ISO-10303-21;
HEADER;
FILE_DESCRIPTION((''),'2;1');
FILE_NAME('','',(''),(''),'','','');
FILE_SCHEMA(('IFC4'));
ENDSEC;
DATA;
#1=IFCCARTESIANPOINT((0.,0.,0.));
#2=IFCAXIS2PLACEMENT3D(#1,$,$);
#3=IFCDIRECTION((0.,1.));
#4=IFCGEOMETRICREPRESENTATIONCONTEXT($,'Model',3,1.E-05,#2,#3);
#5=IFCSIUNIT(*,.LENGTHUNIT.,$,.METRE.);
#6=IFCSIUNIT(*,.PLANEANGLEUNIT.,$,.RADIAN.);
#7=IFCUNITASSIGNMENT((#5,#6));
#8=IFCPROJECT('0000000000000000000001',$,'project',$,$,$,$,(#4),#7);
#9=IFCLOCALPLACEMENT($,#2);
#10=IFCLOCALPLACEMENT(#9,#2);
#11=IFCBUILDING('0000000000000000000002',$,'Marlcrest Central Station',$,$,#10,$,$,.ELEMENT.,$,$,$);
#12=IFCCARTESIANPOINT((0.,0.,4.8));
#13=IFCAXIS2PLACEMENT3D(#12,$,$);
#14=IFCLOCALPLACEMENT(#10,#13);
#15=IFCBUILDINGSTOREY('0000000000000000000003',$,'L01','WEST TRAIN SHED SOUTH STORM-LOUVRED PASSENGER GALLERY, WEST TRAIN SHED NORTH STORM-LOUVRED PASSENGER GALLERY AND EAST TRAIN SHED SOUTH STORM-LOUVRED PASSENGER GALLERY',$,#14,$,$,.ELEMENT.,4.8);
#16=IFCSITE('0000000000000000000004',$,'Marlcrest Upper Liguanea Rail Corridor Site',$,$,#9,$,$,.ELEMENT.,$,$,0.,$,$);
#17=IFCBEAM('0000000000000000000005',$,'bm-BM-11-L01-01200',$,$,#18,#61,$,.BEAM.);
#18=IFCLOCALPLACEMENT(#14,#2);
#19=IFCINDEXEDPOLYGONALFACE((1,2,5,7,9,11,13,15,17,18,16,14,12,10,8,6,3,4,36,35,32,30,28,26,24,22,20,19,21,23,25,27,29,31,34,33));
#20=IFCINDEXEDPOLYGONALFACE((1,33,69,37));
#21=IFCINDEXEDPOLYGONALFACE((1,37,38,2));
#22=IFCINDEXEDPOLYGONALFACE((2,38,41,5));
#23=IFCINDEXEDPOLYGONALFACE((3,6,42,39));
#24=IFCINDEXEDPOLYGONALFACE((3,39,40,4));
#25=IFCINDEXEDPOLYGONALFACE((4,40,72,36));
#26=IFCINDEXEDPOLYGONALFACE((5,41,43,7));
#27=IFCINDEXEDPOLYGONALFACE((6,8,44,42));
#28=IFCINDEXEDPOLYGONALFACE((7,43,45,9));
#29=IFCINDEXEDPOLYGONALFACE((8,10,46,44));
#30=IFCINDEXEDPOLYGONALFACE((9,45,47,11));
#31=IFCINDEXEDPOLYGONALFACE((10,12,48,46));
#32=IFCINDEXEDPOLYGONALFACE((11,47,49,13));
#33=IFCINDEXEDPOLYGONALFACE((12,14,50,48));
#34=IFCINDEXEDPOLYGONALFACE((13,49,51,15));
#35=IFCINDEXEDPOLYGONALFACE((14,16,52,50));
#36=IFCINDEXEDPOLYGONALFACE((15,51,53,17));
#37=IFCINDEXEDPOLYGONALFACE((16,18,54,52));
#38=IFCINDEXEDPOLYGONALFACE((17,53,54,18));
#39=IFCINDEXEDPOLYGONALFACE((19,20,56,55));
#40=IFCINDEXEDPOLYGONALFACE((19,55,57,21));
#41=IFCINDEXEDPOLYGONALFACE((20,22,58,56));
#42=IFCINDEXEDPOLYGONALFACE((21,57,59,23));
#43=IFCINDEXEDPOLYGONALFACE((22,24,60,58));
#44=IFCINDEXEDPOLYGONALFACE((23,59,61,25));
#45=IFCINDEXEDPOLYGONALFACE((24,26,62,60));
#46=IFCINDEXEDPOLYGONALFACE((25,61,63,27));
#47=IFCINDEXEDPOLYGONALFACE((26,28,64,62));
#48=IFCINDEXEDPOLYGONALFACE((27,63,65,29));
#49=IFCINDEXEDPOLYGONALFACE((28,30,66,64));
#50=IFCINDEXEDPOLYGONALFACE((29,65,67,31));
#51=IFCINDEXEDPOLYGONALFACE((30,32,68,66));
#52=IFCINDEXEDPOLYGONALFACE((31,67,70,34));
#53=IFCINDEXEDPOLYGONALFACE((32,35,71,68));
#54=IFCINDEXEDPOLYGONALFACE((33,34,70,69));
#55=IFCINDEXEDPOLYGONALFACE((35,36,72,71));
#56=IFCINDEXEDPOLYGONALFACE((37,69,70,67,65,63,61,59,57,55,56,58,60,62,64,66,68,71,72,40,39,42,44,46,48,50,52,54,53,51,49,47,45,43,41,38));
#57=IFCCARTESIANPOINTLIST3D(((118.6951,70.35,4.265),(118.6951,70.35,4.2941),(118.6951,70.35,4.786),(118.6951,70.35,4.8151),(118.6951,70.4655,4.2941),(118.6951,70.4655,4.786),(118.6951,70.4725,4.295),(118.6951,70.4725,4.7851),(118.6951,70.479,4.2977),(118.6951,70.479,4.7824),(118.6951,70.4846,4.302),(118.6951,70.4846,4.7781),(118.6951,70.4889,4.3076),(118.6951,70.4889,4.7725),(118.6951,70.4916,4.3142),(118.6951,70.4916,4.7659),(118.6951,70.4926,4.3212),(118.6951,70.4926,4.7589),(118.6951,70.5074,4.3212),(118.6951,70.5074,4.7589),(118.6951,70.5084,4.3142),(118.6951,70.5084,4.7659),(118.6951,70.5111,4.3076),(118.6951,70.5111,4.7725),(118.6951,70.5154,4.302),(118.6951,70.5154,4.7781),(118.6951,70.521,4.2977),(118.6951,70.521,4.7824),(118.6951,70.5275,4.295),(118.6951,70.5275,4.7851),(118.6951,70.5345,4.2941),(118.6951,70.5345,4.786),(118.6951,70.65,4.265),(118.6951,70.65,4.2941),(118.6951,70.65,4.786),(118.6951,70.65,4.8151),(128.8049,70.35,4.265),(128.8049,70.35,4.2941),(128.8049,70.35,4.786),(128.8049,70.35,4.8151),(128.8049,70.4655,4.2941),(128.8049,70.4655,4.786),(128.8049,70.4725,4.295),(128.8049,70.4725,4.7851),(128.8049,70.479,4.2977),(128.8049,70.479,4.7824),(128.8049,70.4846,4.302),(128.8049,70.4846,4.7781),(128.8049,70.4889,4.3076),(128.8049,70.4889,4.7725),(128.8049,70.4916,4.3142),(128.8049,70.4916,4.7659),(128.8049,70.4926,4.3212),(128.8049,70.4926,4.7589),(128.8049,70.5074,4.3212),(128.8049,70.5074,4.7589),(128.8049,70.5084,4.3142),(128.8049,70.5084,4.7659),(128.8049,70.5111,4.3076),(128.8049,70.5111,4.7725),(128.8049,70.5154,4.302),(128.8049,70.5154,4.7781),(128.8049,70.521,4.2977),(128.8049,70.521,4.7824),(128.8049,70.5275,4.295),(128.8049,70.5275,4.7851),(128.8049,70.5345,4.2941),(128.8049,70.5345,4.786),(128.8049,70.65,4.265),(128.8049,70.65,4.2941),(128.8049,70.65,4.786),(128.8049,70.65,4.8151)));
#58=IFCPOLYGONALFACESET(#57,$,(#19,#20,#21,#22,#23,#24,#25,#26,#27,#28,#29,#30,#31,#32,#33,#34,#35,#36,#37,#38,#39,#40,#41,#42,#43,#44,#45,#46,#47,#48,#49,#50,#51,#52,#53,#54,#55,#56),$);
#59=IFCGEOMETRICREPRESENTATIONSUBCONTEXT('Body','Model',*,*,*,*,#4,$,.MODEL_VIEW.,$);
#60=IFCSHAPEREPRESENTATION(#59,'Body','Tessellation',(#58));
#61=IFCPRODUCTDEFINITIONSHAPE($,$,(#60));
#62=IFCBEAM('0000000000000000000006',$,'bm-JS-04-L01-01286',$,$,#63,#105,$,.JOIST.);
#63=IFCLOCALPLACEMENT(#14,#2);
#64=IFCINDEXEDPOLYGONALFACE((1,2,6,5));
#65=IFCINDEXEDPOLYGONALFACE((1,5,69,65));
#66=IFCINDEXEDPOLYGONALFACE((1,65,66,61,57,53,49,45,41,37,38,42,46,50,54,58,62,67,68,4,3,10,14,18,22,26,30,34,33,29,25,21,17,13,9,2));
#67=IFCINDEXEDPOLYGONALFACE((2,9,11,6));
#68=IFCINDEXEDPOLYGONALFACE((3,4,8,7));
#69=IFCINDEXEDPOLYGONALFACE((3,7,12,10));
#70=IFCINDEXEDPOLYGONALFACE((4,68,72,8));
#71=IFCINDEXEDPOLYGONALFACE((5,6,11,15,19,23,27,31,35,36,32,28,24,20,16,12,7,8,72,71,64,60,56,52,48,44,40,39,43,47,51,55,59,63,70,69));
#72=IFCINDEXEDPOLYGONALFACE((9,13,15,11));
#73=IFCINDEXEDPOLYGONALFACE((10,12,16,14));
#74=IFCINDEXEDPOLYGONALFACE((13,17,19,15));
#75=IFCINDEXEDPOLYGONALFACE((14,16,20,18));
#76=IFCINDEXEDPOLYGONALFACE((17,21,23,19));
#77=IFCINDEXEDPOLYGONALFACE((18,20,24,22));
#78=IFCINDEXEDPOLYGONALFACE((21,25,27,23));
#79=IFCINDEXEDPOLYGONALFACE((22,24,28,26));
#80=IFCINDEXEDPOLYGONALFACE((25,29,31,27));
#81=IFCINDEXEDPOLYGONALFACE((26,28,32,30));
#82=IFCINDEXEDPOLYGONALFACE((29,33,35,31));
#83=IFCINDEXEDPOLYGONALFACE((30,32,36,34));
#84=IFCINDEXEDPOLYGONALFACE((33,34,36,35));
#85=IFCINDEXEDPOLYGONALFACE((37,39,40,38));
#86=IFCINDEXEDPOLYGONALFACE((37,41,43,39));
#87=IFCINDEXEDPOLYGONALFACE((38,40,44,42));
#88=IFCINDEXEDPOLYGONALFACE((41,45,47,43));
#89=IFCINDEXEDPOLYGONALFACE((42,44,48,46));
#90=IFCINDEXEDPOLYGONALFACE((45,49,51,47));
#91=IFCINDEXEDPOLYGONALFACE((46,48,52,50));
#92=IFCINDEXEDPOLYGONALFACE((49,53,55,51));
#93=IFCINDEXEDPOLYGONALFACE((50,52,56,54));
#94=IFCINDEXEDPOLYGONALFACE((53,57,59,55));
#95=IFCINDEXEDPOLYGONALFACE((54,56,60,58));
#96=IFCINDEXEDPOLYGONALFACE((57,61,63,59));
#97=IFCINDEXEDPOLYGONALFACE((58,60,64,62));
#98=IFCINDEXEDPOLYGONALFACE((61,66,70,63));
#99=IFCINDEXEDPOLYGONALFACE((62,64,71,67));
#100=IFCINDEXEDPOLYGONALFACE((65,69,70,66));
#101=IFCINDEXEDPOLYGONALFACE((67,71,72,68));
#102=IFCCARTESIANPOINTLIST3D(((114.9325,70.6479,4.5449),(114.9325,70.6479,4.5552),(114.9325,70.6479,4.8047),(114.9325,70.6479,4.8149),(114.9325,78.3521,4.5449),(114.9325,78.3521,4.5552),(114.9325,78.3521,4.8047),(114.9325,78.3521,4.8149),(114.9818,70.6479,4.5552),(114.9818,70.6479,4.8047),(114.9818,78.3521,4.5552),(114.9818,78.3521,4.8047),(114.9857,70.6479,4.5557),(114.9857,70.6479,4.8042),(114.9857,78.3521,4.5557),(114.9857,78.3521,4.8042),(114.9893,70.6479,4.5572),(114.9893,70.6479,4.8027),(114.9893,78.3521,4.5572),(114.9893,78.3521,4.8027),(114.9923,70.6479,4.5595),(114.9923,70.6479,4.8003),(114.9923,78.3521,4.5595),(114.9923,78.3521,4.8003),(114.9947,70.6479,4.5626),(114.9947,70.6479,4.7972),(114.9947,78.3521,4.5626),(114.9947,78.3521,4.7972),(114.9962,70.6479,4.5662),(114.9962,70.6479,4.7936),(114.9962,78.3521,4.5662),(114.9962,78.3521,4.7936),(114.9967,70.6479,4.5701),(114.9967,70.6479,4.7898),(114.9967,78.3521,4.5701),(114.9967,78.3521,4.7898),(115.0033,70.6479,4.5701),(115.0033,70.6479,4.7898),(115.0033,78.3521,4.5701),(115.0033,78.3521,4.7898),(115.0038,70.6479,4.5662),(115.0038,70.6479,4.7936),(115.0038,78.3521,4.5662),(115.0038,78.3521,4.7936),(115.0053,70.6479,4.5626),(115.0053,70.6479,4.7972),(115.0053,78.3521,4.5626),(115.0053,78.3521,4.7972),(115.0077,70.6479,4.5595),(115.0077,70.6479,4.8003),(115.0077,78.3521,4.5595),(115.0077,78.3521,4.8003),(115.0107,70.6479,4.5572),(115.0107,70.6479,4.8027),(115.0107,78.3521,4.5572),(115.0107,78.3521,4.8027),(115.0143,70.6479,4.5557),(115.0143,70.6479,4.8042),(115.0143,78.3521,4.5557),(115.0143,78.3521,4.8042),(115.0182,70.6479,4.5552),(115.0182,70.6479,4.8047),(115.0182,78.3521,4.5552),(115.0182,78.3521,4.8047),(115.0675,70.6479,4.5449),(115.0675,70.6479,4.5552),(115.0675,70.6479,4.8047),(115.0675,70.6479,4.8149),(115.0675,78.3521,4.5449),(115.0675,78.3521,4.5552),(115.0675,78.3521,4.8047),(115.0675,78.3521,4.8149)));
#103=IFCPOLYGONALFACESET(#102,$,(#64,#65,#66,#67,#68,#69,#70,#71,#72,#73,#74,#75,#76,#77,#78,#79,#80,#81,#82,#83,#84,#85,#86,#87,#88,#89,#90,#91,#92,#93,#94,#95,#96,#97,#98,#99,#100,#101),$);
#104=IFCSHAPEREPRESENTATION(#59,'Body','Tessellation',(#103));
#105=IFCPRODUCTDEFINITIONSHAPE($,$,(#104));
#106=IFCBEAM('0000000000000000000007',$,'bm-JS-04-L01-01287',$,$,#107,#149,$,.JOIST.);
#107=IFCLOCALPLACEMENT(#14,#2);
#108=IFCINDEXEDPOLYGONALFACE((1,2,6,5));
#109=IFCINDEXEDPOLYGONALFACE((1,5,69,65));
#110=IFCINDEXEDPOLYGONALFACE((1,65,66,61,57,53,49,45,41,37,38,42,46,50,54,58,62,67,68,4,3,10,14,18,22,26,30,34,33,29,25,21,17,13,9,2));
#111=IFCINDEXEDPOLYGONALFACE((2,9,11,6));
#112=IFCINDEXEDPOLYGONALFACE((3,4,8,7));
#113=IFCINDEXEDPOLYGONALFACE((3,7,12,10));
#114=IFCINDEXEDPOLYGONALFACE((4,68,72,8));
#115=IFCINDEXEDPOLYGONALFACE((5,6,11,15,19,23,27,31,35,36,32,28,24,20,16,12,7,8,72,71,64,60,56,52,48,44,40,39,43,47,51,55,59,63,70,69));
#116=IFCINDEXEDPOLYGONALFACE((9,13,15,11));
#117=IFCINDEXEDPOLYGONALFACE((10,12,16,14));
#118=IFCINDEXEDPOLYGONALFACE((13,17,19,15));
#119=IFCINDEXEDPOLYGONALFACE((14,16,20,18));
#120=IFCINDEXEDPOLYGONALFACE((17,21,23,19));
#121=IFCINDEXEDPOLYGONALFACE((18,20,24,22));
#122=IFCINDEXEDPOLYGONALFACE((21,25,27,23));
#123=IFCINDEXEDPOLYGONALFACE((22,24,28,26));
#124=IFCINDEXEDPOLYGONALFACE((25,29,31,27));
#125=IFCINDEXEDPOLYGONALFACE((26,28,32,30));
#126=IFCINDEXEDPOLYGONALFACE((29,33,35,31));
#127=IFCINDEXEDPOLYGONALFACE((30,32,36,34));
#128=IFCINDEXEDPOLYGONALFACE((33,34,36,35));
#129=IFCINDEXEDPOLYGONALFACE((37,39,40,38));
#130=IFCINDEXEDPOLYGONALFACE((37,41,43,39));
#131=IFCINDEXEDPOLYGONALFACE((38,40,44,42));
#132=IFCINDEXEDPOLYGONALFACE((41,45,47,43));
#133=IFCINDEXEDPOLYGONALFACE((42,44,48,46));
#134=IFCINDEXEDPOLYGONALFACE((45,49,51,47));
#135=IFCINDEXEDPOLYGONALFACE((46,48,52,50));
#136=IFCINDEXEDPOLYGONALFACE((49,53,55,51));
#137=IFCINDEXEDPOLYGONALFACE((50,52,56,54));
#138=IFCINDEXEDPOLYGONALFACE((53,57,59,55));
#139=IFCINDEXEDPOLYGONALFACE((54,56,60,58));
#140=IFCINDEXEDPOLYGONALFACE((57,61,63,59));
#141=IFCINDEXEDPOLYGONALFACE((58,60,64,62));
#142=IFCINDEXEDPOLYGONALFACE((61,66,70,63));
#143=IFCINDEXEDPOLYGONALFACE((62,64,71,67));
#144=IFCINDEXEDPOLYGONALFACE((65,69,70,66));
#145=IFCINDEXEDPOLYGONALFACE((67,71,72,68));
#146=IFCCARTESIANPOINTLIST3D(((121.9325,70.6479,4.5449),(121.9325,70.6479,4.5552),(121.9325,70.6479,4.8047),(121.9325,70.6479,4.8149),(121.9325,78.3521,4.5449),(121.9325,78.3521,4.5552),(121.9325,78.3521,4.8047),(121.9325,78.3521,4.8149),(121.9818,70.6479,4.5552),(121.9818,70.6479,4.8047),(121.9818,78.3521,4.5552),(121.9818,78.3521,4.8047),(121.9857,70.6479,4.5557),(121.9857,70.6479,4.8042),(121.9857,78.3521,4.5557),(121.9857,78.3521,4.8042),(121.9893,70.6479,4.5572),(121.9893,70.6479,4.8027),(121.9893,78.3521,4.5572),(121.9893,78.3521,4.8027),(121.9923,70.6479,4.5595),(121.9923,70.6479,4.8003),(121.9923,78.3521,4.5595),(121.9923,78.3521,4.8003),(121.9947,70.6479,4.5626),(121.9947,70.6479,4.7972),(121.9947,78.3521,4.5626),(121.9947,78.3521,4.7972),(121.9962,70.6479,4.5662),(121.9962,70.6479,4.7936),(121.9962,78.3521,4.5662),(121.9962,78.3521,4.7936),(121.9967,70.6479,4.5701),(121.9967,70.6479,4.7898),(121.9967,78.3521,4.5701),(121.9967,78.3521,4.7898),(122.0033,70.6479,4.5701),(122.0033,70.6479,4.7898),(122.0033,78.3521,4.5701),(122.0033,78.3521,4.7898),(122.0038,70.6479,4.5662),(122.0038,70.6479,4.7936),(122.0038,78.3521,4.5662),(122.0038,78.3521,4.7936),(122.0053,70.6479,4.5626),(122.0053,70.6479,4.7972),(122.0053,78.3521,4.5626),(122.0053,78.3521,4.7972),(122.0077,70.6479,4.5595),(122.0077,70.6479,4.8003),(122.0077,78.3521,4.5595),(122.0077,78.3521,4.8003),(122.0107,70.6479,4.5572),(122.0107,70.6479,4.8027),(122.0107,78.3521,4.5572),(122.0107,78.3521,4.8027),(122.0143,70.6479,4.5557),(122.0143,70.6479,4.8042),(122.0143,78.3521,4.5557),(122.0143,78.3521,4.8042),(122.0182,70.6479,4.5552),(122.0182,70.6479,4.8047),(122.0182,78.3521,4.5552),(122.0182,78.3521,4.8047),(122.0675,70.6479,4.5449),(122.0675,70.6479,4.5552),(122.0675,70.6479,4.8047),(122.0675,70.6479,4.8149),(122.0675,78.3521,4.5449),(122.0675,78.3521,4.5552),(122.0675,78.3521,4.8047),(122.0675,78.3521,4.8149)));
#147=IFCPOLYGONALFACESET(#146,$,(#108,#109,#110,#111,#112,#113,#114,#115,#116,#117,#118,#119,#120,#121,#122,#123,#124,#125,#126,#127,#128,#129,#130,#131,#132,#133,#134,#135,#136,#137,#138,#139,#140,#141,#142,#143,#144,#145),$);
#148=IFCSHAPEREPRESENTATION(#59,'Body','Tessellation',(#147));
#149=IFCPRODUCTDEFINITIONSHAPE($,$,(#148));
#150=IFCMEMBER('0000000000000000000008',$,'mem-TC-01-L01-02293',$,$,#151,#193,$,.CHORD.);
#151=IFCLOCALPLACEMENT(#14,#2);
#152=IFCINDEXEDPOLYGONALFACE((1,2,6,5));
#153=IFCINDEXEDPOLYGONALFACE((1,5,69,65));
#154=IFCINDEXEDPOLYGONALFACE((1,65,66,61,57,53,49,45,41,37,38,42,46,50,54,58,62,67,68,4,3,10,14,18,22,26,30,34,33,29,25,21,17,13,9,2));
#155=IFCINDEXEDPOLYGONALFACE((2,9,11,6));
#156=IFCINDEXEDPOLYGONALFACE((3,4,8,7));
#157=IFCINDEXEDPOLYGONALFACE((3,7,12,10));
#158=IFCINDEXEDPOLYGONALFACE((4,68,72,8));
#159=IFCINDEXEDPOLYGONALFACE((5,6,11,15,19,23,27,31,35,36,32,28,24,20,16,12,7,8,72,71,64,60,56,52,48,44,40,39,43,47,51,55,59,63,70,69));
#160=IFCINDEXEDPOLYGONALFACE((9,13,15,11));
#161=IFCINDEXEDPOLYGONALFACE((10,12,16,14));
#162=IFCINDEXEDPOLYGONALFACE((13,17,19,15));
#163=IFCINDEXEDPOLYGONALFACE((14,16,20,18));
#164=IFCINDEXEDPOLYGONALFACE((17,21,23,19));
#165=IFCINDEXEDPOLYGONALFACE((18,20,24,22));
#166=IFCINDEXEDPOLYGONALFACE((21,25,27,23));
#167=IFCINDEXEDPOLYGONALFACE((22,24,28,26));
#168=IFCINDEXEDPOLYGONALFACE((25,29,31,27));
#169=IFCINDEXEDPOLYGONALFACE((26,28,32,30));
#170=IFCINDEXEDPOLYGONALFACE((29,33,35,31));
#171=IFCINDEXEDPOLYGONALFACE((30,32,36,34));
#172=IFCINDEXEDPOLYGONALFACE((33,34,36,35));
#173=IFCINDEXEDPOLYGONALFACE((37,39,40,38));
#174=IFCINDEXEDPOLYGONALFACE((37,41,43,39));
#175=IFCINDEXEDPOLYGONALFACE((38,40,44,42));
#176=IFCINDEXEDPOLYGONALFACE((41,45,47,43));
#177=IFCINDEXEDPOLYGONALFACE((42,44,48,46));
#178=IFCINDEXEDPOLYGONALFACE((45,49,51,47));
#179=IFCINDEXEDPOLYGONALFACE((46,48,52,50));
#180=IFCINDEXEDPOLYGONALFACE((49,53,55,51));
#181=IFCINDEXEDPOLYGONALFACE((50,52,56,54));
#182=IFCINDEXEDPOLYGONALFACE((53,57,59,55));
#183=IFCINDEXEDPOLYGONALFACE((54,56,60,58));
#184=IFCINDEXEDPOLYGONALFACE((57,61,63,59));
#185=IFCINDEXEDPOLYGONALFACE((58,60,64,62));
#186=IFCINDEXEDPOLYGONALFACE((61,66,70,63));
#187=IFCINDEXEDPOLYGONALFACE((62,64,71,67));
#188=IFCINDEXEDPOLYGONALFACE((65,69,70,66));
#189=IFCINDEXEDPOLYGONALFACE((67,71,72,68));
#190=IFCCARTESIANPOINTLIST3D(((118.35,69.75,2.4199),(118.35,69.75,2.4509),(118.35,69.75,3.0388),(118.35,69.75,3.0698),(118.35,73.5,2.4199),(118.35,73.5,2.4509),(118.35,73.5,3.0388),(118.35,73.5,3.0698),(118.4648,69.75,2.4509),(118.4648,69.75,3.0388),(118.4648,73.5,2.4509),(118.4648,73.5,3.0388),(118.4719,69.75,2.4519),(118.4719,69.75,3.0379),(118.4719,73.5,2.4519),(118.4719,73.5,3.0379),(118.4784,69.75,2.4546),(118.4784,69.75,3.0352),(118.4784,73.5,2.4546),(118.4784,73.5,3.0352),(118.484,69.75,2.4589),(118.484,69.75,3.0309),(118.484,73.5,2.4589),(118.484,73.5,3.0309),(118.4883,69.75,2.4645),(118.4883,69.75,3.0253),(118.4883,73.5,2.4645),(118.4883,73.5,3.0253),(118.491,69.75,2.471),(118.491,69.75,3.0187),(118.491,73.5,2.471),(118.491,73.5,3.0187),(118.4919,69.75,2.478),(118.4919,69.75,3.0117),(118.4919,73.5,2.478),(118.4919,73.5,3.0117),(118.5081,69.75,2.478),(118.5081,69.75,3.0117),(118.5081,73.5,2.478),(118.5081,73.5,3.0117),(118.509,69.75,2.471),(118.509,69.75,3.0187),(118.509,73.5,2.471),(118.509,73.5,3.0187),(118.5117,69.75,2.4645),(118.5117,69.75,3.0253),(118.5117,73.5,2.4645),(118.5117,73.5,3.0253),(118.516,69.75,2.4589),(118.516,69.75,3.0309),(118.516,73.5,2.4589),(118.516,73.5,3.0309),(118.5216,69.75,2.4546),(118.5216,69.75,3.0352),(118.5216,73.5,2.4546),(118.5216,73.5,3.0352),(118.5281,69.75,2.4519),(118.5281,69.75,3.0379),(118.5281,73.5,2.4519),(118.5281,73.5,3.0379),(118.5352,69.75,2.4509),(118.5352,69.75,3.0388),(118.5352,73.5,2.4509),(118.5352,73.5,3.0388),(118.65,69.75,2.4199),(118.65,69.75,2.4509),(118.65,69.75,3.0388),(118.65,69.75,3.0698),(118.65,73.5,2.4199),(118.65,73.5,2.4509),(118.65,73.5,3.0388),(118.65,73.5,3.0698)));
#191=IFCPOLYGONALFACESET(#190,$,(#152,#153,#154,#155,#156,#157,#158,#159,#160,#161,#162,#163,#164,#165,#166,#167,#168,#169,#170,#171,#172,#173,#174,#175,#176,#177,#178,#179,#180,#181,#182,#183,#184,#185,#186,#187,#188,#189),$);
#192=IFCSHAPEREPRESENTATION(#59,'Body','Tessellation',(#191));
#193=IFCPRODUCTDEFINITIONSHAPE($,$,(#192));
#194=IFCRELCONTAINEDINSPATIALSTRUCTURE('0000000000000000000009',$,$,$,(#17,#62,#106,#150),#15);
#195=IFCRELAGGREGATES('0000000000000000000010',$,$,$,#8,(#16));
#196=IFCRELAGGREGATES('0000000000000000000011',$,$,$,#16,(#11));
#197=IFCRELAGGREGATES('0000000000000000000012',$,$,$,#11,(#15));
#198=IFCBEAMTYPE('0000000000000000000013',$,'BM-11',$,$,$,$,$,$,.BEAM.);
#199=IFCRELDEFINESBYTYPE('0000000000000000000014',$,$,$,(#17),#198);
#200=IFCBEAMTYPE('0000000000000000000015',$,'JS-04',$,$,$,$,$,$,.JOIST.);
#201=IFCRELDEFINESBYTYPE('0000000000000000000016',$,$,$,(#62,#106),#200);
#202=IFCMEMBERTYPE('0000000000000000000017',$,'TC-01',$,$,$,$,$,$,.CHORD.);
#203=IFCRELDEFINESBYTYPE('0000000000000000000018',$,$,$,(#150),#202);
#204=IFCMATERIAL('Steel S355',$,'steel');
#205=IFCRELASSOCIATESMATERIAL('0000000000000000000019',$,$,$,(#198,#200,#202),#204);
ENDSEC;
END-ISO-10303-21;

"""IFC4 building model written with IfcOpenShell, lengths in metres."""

from ifc_helpers import new_model, si_unit, direction, frame, origin, origin_2d, place, context, subcontext, project, spatial, i_section, extrude, material, material_profile, profile_set, type_object, element, save


model = new_model("IFC4")

# Units and contexts
model_context = context("Model", 3, precision=1e-05, world=origin(), true_north=direction((0.0, 1.0)))
body_context = subcontext(model_context, "Body", "Model", "MODEL_VIEW")
ifc_project = project(units=[si_unit("LENGTHUNIT", "METRE"), si_unit("PLANEANGLEUNIT", "RADIAN")], contexts=[model_context])

# Site, building, storey
site_placement = place(None, origin())
site = spatial("IfcSite", under=ifc_project, at=site_placement, Name="Marlcrest Upper Liguanea Rail Corridor Site", CompositionType="ELEMENT", RefElevation=0.0)
building_placement = place(site_placement, origin())
building = spatial("IfcBuilding", under=site, at=building_placement, Name="Marlcrest Central Station", CompositionType="ELEMENT")
storey_placement = place(building_placement, frame((0.0, 0.0, 4.8)))
storey = spatial("IfcBuildingStorey", under=building, at=storey_placement, Name="L01", Description="WEST TRAIN SHED SOUTH STORM-LOUVRED PASSENGER GALLERY, WEST TRAIN SHED NORTH STORM-LOUVRED PASSENGER GALLERY AND EAST TRAIN SHED SOUTH STORM-LOUVRED PASSENGER GALLERY", CompositionType="ELEMENT", Elevation=4.8)

# Beams
ifc_material = material(Name="Steel S355", Category="steel")
ifc_material_profile_1 = material_profile(ifc_material, i_section(OverallWidth=0.3, OverallDepth=0.55, WebThickness=0.0149, FlangeThickness=0.0291, FilletRadius=0.0271, at=origin_2d()), Name="HEB 550")
ifc_profile_set_1 = profile_set([ifc_material_profile_1], Name="Steel S355")
beam_type_1 = type_object("IfcBeamType", Name="BM-11", PredefinedType="BEAM", material=ifc_profile_set_1)
beam_placement = place(storey_placement, frame((118.6951, 70.5, 4.54), z_axis=(1.0, 0.0, 0.0), x_axis=(0.0, 1.0, 0.0)))
element("IfcBeam", 1, at=beam_placement, inside=storey, type_object=beam_type_1, Name="bm-BM-11-L01-01200", PredefinedType="BEAM", context=body_context, shape_type="SweptSolid", body=[
    extrude(i_section(OverallWidth=0.3, OverallDepth=0.55, WebThickness=0.0149, FlangeThickness=0.0291, FilletRadius=0.0271, at=origin_2d()), origin(), (0.0, 0.0, 1.0), 10.1099),
])
ifc_material_profile_2 = material_profile(ifc_material, i_section(OverallWidth=0.135, OverallDepth=0.27, WebThickness=0.0066, FlangeThickness=0.0103, FilletRadius=0.0149, at=origin_2d()), Name="IPE 270")
ifc_profile_set_2 = profile_set([ifc_material_profile_2], Name="Steel S355")
beam_type_2 = type_object("IfcBeamType", Name="JS-04", PredefinedType="JOIST", material=ifc_profile_set_2)
for number, where, z_axis, x_axis, name in (
    (2, (115.0, 70.6479, 4.6799), (0.0, 1.0, 0.0), (-1.0, 0.0, 0.0), "bm-JS-04-L01-01286"),
    (3, (122.0, 70.6479, 4.6799), (0.0, 1.0, 0.0), (-1.0, 0.0, 0.0), "bm-JS-04-L01-01287"),
):
    element("IfcBeam", number, at=place(storey_placement, frame(where, z_axis=z_axis, x_axis=x_axis)), inside=storey, type_object=beam_type_2, Name=name, PredefinedType="JOIST", context=body_context, shape_type="SweptSolid", body=[
        extrude(i_section(OverallWidth=0.135, OverallDepth=0.27, WebThickness=0.0066, FlangeThickness=0.0103, FilletRadius=0.0149, at=origin_2d()), origin(), (0.0, 0.0, 1.0), 7.7041),
    ])

# Member
ifc_material_profile_3 = material_profile(ifc_material, i_section(OverallWidth=0.3, OverallDepth=0.6499, WebThickness=0.0161, FlangeThickness=0.031, FilletRadius=0.0271, at=origin_2d()), Name="HEB 650")
ifc_profile_set_3 = profile_set([ifc_material_profile_3], Name="Steel S355")
member_type_1 = type_object("IfcMemberType", Name="TC-01", PredefinedType="CHORD", material=ifc_profile_set_3)
for number, where, z_axis, x_axis, name in (
    (4, (118.5, 69.75, 2.7449), (0.0, 1.0, 0.0), (-1.0, 0.0, 0.0), "mem-TC-01-L01-02293"),
):
    element("IfcMember", number, at=place(storey_placement, frame(where, z_axis=z_axis, x_axis=x_axis)), inside=storey, type_object=member_type_1, Name=name, PredefinedType="CHORD", context=body_context, shape_type="SweptSolid", body=[
        extrude(i_section(OverallWidth=0.3, OverallDepth=0.6499, WebThickness=0.0161, FlangeThickness=0.031, FilletRadius=0.0271, at=origin_2d()), origin(), (0.0, 0.0, 1.0), 3.75),
    ])

save(model, "model.ifc")
